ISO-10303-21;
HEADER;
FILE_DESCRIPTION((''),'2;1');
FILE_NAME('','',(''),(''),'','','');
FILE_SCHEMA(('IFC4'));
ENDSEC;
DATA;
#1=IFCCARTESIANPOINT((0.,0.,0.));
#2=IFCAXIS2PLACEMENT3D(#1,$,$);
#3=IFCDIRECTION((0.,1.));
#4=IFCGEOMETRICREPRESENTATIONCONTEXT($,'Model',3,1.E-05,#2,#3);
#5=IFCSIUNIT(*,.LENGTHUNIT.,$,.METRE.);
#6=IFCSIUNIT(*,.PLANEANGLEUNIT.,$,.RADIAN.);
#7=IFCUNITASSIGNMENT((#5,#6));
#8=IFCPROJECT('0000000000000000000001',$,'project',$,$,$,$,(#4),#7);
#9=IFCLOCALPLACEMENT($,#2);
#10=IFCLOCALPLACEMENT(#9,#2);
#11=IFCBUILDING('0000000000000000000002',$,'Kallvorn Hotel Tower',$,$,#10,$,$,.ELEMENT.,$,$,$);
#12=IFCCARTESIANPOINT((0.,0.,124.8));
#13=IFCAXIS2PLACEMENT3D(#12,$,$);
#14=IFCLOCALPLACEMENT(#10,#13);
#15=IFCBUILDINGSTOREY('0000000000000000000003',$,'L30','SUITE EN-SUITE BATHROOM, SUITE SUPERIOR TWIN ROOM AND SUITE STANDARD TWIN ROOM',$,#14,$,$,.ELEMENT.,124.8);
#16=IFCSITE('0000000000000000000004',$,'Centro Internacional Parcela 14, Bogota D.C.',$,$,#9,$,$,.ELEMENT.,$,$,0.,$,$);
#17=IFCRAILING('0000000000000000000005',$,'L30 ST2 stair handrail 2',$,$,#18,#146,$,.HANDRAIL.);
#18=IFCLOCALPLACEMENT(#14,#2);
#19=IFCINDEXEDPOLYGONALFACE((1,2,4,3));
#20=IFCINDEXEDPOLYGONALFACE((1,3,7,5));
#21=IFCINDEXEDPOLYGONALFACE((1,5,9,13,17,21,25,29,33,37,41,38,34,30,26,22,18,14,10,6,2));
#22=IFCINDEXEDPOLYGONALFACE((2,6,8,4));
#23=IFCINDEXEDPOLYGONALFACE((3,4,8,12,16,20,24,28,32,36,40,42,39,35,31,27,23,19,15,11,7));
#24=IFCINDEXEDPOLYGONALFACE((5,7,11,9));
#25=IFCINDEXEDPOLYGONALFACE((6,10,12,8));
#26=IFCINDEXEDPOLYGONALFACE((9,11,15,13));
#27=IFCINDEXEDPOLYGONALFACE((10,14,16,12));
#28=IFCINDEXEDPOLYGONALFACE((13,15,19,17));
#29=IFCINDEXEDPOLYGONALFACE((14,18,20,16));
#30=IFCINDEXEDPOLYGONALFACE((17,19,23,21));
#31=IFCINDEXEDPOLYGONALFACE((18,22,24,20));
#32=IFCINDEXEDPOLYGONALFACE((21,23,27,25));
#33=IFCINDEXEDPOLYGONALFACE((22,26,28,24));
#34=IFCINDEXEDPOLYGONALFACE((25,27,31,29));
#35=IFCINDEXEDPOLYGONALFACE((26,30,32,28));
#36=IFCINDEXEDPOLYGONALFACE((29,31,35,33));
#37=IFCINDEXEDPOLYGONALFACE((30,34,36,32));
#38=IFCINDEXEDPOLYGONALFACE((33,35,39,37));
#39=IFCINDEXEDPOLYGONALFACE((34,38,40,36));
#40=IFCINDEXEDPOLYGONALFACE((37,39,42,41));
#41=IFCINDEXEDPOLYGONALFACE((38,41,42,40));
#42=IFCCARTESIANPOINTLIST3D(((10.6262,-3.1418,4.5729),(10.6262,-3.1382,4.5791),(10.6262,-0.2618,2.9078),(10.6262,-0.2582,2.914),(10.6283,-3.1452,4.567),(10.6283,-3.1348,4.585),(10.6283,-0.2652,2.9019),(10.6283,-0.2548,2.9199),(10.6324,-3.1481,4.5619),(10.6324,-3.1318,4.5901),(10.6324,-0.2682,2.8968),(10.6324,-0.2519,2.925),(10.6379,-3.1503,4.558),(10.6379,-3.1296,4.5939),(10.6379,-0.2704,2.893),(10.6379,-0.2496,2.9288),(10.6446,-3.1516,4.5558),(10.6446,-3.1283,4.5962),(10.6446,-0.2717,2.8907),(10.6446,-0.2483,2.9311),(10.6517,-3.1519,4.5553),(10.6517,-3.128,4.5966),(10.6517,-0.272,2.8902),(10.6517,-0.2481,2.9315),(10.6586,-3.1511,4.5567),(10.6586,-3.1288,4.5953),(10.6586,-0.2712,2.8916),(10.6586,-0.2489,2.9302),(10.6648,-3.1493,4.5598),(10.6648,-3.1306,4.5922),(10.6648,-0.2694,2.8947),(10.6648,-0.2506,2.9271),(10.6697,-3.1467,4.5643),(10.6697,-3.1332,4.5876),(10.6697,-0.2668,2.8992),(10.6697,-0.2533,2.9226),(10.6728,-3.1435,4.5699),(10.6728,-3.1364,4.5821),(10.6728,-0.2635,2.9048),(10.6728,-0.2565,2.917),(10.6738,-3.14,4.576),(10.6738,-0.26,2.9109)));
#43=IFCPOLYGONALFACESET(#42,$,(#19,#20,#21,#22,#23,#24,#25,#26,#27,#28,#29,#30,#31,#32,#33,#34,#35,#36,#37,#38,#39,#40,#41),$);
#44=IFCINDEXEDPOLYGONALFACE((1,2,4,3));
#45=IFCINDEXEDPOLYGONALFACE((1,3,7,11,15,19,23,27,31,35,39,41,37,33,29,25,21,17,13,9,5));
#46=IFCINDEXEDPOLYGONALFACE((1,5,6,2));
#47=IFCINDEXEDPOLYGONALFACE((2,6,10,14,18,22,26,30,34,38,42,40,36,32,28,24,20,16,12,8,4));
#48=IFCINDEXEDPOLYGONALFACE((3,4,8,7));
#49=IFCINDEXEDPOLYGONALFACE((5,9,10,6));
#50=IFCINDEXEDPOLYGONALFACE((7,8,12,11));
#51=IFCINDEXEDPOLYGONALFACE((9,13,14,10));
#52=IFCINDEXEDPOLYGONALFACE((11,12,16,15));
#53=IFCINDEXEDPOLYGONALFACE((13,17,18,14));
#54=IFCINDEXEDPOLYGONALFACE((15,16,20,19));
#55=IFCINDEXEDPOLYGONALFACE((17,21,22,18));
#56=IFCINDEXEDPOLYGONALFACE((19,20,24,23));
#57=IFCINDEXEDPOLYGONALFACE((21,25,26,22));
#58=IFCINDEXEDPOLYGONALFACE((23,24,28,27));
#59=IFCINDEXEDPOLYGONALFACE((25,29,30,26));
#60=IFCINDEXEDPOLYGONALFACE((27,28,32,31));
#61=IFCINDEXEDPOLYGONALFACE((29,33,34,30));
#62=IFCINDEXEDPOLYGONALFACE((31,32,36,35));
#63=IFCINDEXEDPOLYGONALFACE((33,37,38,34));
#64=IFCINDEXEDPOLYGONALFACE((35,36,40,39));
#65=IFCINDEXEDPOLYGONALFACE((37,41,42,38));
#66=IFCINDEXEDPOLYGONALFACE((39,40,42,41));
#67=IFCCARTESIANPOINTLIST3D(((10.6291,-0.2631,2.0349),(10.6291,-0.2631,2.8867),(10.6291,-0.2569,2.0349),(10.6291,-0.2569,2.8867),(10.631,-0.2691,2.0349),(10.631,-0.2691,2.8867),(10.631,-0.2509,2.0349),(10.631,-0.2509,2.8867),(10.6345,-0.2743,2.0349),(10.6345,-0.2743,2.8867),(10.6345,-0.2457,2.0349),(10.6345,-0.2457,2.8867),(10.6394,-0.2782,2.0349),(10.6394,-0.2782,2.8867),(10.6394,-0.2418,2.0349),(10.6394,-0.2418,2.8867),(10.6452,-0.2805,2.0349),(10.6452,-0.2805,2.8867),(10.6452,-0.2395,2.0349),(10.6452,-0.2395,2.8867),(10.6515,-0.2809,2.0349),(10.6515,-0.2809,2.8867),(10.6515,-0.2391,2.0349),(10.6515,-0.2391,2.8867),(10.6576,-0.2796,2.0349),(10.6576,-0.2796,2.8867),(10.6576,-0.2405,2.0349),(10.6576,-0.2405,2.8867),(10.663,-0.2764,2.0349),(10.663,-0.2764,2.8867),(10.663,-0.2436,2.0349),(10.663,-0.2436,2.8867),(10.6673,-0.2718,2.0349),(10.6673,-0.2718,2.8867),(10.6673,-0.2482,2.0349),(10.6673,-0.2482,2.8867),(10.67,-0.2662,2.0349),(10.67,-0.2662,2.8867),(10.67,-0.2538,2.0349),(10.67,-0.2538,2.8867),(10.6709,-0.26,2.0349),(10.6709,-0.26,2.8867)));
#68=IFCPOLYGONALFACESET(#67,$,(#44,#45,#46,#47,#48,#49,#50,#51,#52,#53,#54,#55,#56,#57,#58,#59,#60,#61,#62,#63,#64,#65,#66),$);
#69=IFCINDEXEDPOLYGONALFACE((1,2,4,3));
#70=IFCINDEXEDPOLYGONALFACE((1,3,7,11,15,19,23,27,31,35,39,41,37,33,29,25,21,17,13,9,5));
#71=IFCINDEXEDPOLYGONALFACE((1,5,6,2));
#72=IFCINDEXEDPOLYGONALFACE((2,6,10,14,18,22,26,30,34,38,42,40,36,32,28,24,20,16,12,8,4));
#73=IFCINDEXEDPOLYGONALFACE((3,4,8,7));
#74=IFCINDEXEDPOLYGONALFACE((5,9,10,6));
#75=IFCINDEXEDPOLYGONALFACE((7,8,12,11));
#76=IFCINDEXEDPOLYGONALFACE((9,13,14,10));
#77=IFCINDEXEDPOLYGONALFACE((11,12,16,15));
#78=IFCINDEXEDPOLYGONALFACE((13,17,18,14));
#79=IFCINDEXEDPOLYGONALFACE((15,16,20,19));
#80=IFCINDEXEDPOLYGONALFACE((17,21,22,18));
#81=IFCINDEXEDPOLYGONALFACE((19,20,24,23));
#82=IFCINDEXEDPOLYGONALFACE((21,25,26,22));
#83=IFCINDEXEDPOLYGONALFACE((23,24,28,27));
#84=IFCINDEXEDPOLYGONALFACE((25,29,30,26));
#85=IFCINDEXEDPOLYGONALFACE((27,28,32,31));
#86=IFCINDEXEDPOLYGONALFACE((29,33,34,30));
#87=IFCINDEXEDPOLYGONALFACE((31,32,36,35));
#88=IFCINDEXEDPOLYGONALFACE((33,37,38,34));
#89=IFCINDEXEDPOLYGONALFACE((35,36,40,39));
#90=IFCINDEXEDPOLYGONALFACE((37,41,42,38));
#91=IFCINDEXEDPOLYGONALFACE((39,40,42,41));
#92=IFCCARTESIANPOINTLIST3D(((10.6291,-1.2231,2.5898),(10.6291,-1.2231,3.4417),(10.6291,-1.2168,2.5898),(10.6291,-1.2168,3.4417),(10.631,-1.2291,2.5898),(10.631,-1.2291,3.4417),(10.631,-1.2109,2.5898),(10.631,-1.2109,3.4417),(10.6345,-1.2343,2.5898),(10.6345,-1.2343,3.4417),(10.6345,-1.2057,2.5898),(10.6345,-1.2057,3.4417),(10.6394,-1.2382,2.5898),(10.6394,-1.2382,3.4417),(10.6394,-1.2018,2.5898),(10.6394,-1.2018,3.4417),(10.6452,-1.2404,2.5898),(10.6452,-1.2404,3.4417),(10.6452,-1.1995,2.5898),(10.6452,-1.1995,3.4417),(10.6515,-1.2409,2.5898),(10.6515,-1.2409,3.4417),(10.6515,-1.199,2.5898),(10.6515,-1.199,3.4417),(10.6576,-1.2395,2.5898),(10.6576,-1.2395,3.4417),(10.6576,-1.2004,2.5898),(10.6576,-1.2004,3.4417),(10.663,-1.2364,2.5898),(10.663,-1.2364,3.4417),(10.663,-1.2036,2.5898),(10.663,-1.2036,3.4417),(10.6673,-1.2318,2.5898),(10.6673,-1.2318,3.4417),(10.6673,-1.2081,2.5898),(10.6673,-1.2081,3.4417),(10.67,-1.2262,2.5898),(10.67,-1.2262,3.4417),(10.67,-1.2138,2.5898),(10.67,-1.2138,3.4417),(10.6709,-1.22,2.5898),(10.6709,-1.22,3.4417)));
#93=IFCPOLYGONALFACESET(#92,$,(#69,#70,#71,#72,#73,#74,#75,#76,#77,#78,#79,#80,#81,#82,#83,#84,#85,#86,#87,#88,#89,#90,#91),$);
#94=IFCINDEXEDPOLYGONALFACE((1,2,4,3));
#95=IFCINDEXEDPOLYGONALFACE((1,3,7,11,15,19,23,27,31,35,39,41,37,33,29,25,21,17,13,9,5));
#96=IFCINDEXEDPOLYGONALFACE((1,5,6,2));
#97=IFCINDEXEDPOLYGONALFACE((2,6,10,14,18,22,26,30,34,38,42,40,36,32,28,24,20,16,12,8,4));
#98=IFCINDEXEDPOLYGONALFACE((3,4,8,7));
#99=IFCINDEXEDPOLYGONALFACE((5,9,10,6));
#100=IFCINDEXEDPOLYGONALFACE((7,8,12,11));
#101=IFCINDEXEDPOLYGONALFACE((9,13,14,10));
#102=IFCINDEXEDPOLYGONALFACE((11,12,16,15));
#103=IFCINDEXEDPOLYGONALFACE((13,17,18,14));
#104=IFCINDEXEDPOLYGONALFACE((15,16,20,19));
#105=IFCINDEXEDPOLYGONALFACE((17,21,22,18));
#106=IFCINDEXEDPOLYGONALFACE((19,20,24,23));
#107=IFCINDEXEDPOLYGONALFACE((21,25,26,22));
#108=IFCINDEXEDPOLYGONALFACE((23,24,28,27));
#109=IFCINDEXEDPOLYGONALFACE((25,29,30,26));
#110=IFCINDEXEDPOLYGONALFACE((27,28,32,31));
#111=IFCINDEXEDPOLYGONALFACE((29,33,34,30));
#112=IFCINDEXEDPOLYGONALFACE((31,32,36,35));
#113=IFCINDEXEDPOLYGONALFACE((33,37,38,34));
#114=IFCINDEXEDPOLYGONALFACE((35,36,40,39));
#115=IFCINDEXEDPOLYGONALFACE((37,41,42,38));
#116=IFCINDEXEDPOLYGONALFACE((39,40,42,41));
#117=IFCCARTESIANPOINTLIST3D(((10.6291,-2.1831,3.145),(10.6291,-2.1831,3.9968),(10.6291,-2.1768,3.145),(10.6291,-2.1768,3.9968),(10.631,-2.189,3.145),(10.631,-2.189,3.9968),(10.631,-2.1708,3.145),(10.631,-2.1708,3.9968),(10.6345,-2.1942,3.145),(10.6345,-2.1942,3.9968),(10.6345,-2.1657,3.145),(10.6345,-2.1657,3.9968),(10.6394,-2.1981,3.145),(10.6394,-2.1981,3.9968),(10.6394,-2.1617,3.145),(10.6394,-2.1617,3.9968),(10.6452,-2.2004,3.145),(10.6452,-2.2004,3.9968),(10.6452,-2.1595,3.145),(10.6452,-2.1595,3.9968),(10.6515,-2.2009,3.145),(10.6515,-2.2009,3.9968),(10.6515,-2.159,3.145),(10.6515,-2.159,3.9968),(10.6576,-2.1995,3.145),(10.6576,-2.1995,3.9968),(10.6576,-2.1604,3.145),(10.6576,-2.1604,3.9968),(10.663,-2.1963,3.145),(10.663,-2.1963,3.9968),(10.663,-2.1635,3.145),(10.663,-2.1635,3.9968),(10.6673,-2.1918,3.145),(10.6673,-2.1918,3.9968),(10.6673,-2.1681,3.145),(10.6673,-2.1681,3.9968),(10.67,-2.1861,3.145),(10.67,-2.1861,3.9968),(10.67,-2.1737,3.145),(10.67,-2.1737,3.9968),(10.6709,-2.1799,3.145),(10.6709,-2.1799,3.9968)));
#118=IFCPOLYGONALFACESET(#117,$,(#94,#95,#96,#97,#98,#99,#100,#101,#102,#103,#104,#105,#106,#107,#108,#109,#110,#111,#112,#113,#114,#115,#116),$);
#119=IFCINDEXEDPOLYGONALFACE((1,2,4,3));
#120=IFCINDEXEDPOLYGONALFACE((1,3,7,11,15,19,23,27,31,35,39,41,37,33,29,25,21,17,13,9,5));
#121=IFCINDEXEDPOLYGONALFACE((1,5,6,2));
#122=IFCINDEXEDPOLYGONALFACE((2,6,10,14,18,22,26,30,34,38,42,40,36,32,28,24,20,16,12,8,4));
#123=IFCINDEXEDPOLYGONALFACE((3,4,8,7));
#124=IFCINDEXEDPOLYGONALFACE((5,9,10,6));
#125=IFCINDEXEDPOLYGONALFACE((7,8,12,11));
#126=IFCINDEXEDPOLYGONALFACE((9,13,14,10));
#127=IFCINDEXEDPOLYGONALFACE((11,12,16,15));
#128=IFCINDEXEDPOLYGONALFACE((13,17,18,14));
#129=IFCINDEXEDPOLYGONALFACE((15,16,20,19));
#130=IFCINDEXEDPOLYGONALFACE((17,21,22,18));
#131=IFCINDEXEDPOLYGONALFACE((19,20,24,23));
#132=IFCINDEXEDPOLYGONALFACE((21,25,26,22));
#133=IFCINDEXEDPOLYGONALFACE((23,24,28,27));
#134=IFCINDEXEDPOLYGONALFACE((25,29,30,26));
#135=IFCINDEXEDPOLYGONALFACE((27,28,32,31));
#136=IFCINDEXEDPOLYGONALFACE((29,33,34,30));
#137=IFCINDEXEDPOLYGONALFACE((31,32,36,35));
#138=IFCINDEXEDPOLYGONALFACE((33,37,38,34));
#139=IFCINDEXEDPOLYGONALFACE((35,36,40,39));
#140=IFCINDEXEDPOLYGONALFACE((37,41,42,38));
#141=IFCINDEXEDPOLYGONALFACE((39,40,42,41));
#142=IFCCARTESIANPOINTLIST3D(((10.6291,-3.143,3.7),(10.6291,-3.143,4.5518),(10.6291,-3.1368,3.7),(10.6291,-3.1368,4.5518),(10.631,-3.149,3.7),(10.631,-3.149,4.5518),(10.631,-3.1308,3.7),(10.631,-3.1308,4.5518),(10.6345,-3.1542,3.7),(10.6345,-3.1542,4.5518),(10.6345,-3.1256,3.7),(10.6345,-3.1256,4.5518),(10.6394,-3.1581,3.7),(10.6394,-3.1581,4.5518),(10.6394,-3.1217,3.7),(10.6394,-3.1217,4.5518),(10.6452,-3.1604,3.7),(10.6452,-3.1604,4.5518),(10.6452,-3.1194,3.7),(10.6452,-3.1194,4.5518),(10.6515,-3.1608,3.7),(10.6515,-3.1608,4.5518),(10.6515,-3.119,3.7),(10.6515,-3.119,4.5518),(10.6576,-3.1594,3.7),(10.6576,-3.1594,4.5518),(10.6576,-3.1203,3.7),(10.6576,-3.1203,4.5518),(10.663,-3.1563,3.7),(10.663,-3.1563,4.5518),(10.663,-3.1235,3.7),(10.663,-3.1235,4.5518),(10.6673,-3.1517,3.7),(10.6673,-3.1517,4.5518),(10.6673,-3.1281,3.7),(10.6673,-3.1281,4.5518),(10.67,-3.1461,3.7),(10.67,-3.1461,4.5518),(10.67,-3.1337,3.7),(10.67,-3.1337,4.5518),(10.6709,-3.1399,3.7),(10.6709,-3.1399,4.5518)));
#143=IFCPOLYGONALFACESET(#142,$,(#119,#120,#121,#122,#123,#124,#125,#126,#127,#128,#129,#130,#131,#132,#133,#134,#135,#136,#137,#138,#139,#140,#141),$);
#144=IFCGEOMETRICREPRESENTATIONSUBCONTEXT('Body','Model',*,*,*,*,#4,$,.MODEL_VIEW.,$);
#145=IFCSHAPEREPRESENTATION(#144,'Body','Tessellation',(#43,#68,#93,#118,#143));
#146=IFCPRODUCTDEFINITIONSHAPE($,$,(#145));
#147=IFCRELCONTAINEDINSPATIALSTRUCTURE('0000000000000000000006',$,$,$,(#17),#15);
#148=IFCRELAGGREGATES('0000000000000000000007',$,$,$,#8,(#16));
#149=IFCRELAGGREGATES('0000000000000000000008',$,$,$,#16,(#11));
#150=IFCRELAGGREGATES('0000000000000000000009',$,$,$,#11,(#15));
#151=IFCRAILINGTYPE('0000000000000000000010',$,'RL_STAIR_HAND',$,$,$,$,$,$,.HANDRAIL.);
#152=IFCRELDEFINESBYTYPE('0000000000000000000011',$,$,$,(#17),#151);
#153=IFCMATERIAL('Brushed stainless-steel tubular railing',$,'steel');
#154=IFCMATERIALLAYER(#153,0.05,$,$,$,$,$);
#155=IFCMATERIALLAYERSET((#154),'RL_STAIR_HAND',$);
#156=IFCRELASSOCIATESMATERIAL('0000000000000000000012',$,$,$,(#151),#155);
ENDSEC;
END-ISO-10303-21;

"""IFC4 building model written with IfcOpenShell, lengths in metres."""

from ifc_helpers import new_model, si_unit, direction, frame, origin, origin_2d, place, context, subcontext, project, spatial, circle, extrude, material, layer, layer_set, type_object, element, save


model = new_model("IFC4")

# Units and contexts
model_context = context("Model", 3, precision=1e-05, world=origin(), true_north=direction((0.0, 1.0)))
body_context = subcontext(model_context, "Body", "Model", "MODEL_VIEW")
ifc_project = project(units=[si_unit("LENGTHUNIT", "METRE"), si_unit("PLANEANGLEUNIT", "RADIAN")], contexts=[model_context])

# Site, building, storey
site_placement = place(None, origin())
site = spatial("IfcSite", under=ifc_project, at=site_placement, Name="Centro Internacional Parcela 14, Bogota D.C.", CompositionType="ELEMENT", RefElevation=0.0)
building_placement = place(site_placement, origin())
building = spatial("IfcBuilding", under=site, at=building_placement, Name="Kallvorn Hotel Tower", CompositionType="ELEMENT")
storey_placement = place(building_placement, frame((0.0, 0.0, 124.8)))
storey = spatial("IfcBuildingStorey", under=building, at=storey_placement, Name="L30", Description="SUITE EN-SUITE BATHROOM, SUITE SUPERIOR TWIN ROOM AND SUITE STANDARD TWIN ROOM", CompositionType="ELEMENT", Elevation=124.8)

# Railing
ifc_material_1 = material(Name="Brushed stainless-steel tubular railing", Category="steel")
ifc_layer_1 = layer(ifc_material_1, 0.05)
ifc_layer_set_1 = layer_set([ifc_layer_1], Name="RL_STAIR_HAND")
railing_type = type_object("IfcRailingType", Name="RL_STAIR_HAND", PredefinedType="HANDRAIL", material=ifc_layer_set_1)
railing_placement = place(storey_placement, frame((10.6499, -0.26, 2.0349)))
element("IfcRailing", 1, at=railing_placement, inside=storey, type_object=railing_type, Name="L30 ST2 stair handrail 2", PredefinedType="HANDRAIL", context=body_context, shape_type="SweptSolid", body=[
    extrude(circle(Radius=0.0239, at=origin_2d()), frame((0.0, 0.0, 0.876), z_axis=(0.0, -0.865721, 0.500527), x_axis=(1.0, 0.0, 0.0)), (0.0, 0.0, 1.0), 3.3267),
    extrude(circle(Radius=0.021, at=origin_2d()), origin(), (0.0, 0.0, 1.0), 0.8518),
    extrude(circle(Radius=0.021, at=origin_2d()), frame((0.0, -0.96, 0.5549)), (0.0, 0.0, 1.0), 0.8518),
    extrude(circle(Radius=0.021, at=origin_2d()), frame((0.0, -1.9199, 1.1101)), (0.0, 0.0, 1.0), 0.8518),
    extrude(circle(Radius=0.021, at=origin_2d()), frame((0.0, -2.8799, 1.665)), (0.0, 0.0, 1.0), 0.8518),
])

save(model, "model.ifc")
